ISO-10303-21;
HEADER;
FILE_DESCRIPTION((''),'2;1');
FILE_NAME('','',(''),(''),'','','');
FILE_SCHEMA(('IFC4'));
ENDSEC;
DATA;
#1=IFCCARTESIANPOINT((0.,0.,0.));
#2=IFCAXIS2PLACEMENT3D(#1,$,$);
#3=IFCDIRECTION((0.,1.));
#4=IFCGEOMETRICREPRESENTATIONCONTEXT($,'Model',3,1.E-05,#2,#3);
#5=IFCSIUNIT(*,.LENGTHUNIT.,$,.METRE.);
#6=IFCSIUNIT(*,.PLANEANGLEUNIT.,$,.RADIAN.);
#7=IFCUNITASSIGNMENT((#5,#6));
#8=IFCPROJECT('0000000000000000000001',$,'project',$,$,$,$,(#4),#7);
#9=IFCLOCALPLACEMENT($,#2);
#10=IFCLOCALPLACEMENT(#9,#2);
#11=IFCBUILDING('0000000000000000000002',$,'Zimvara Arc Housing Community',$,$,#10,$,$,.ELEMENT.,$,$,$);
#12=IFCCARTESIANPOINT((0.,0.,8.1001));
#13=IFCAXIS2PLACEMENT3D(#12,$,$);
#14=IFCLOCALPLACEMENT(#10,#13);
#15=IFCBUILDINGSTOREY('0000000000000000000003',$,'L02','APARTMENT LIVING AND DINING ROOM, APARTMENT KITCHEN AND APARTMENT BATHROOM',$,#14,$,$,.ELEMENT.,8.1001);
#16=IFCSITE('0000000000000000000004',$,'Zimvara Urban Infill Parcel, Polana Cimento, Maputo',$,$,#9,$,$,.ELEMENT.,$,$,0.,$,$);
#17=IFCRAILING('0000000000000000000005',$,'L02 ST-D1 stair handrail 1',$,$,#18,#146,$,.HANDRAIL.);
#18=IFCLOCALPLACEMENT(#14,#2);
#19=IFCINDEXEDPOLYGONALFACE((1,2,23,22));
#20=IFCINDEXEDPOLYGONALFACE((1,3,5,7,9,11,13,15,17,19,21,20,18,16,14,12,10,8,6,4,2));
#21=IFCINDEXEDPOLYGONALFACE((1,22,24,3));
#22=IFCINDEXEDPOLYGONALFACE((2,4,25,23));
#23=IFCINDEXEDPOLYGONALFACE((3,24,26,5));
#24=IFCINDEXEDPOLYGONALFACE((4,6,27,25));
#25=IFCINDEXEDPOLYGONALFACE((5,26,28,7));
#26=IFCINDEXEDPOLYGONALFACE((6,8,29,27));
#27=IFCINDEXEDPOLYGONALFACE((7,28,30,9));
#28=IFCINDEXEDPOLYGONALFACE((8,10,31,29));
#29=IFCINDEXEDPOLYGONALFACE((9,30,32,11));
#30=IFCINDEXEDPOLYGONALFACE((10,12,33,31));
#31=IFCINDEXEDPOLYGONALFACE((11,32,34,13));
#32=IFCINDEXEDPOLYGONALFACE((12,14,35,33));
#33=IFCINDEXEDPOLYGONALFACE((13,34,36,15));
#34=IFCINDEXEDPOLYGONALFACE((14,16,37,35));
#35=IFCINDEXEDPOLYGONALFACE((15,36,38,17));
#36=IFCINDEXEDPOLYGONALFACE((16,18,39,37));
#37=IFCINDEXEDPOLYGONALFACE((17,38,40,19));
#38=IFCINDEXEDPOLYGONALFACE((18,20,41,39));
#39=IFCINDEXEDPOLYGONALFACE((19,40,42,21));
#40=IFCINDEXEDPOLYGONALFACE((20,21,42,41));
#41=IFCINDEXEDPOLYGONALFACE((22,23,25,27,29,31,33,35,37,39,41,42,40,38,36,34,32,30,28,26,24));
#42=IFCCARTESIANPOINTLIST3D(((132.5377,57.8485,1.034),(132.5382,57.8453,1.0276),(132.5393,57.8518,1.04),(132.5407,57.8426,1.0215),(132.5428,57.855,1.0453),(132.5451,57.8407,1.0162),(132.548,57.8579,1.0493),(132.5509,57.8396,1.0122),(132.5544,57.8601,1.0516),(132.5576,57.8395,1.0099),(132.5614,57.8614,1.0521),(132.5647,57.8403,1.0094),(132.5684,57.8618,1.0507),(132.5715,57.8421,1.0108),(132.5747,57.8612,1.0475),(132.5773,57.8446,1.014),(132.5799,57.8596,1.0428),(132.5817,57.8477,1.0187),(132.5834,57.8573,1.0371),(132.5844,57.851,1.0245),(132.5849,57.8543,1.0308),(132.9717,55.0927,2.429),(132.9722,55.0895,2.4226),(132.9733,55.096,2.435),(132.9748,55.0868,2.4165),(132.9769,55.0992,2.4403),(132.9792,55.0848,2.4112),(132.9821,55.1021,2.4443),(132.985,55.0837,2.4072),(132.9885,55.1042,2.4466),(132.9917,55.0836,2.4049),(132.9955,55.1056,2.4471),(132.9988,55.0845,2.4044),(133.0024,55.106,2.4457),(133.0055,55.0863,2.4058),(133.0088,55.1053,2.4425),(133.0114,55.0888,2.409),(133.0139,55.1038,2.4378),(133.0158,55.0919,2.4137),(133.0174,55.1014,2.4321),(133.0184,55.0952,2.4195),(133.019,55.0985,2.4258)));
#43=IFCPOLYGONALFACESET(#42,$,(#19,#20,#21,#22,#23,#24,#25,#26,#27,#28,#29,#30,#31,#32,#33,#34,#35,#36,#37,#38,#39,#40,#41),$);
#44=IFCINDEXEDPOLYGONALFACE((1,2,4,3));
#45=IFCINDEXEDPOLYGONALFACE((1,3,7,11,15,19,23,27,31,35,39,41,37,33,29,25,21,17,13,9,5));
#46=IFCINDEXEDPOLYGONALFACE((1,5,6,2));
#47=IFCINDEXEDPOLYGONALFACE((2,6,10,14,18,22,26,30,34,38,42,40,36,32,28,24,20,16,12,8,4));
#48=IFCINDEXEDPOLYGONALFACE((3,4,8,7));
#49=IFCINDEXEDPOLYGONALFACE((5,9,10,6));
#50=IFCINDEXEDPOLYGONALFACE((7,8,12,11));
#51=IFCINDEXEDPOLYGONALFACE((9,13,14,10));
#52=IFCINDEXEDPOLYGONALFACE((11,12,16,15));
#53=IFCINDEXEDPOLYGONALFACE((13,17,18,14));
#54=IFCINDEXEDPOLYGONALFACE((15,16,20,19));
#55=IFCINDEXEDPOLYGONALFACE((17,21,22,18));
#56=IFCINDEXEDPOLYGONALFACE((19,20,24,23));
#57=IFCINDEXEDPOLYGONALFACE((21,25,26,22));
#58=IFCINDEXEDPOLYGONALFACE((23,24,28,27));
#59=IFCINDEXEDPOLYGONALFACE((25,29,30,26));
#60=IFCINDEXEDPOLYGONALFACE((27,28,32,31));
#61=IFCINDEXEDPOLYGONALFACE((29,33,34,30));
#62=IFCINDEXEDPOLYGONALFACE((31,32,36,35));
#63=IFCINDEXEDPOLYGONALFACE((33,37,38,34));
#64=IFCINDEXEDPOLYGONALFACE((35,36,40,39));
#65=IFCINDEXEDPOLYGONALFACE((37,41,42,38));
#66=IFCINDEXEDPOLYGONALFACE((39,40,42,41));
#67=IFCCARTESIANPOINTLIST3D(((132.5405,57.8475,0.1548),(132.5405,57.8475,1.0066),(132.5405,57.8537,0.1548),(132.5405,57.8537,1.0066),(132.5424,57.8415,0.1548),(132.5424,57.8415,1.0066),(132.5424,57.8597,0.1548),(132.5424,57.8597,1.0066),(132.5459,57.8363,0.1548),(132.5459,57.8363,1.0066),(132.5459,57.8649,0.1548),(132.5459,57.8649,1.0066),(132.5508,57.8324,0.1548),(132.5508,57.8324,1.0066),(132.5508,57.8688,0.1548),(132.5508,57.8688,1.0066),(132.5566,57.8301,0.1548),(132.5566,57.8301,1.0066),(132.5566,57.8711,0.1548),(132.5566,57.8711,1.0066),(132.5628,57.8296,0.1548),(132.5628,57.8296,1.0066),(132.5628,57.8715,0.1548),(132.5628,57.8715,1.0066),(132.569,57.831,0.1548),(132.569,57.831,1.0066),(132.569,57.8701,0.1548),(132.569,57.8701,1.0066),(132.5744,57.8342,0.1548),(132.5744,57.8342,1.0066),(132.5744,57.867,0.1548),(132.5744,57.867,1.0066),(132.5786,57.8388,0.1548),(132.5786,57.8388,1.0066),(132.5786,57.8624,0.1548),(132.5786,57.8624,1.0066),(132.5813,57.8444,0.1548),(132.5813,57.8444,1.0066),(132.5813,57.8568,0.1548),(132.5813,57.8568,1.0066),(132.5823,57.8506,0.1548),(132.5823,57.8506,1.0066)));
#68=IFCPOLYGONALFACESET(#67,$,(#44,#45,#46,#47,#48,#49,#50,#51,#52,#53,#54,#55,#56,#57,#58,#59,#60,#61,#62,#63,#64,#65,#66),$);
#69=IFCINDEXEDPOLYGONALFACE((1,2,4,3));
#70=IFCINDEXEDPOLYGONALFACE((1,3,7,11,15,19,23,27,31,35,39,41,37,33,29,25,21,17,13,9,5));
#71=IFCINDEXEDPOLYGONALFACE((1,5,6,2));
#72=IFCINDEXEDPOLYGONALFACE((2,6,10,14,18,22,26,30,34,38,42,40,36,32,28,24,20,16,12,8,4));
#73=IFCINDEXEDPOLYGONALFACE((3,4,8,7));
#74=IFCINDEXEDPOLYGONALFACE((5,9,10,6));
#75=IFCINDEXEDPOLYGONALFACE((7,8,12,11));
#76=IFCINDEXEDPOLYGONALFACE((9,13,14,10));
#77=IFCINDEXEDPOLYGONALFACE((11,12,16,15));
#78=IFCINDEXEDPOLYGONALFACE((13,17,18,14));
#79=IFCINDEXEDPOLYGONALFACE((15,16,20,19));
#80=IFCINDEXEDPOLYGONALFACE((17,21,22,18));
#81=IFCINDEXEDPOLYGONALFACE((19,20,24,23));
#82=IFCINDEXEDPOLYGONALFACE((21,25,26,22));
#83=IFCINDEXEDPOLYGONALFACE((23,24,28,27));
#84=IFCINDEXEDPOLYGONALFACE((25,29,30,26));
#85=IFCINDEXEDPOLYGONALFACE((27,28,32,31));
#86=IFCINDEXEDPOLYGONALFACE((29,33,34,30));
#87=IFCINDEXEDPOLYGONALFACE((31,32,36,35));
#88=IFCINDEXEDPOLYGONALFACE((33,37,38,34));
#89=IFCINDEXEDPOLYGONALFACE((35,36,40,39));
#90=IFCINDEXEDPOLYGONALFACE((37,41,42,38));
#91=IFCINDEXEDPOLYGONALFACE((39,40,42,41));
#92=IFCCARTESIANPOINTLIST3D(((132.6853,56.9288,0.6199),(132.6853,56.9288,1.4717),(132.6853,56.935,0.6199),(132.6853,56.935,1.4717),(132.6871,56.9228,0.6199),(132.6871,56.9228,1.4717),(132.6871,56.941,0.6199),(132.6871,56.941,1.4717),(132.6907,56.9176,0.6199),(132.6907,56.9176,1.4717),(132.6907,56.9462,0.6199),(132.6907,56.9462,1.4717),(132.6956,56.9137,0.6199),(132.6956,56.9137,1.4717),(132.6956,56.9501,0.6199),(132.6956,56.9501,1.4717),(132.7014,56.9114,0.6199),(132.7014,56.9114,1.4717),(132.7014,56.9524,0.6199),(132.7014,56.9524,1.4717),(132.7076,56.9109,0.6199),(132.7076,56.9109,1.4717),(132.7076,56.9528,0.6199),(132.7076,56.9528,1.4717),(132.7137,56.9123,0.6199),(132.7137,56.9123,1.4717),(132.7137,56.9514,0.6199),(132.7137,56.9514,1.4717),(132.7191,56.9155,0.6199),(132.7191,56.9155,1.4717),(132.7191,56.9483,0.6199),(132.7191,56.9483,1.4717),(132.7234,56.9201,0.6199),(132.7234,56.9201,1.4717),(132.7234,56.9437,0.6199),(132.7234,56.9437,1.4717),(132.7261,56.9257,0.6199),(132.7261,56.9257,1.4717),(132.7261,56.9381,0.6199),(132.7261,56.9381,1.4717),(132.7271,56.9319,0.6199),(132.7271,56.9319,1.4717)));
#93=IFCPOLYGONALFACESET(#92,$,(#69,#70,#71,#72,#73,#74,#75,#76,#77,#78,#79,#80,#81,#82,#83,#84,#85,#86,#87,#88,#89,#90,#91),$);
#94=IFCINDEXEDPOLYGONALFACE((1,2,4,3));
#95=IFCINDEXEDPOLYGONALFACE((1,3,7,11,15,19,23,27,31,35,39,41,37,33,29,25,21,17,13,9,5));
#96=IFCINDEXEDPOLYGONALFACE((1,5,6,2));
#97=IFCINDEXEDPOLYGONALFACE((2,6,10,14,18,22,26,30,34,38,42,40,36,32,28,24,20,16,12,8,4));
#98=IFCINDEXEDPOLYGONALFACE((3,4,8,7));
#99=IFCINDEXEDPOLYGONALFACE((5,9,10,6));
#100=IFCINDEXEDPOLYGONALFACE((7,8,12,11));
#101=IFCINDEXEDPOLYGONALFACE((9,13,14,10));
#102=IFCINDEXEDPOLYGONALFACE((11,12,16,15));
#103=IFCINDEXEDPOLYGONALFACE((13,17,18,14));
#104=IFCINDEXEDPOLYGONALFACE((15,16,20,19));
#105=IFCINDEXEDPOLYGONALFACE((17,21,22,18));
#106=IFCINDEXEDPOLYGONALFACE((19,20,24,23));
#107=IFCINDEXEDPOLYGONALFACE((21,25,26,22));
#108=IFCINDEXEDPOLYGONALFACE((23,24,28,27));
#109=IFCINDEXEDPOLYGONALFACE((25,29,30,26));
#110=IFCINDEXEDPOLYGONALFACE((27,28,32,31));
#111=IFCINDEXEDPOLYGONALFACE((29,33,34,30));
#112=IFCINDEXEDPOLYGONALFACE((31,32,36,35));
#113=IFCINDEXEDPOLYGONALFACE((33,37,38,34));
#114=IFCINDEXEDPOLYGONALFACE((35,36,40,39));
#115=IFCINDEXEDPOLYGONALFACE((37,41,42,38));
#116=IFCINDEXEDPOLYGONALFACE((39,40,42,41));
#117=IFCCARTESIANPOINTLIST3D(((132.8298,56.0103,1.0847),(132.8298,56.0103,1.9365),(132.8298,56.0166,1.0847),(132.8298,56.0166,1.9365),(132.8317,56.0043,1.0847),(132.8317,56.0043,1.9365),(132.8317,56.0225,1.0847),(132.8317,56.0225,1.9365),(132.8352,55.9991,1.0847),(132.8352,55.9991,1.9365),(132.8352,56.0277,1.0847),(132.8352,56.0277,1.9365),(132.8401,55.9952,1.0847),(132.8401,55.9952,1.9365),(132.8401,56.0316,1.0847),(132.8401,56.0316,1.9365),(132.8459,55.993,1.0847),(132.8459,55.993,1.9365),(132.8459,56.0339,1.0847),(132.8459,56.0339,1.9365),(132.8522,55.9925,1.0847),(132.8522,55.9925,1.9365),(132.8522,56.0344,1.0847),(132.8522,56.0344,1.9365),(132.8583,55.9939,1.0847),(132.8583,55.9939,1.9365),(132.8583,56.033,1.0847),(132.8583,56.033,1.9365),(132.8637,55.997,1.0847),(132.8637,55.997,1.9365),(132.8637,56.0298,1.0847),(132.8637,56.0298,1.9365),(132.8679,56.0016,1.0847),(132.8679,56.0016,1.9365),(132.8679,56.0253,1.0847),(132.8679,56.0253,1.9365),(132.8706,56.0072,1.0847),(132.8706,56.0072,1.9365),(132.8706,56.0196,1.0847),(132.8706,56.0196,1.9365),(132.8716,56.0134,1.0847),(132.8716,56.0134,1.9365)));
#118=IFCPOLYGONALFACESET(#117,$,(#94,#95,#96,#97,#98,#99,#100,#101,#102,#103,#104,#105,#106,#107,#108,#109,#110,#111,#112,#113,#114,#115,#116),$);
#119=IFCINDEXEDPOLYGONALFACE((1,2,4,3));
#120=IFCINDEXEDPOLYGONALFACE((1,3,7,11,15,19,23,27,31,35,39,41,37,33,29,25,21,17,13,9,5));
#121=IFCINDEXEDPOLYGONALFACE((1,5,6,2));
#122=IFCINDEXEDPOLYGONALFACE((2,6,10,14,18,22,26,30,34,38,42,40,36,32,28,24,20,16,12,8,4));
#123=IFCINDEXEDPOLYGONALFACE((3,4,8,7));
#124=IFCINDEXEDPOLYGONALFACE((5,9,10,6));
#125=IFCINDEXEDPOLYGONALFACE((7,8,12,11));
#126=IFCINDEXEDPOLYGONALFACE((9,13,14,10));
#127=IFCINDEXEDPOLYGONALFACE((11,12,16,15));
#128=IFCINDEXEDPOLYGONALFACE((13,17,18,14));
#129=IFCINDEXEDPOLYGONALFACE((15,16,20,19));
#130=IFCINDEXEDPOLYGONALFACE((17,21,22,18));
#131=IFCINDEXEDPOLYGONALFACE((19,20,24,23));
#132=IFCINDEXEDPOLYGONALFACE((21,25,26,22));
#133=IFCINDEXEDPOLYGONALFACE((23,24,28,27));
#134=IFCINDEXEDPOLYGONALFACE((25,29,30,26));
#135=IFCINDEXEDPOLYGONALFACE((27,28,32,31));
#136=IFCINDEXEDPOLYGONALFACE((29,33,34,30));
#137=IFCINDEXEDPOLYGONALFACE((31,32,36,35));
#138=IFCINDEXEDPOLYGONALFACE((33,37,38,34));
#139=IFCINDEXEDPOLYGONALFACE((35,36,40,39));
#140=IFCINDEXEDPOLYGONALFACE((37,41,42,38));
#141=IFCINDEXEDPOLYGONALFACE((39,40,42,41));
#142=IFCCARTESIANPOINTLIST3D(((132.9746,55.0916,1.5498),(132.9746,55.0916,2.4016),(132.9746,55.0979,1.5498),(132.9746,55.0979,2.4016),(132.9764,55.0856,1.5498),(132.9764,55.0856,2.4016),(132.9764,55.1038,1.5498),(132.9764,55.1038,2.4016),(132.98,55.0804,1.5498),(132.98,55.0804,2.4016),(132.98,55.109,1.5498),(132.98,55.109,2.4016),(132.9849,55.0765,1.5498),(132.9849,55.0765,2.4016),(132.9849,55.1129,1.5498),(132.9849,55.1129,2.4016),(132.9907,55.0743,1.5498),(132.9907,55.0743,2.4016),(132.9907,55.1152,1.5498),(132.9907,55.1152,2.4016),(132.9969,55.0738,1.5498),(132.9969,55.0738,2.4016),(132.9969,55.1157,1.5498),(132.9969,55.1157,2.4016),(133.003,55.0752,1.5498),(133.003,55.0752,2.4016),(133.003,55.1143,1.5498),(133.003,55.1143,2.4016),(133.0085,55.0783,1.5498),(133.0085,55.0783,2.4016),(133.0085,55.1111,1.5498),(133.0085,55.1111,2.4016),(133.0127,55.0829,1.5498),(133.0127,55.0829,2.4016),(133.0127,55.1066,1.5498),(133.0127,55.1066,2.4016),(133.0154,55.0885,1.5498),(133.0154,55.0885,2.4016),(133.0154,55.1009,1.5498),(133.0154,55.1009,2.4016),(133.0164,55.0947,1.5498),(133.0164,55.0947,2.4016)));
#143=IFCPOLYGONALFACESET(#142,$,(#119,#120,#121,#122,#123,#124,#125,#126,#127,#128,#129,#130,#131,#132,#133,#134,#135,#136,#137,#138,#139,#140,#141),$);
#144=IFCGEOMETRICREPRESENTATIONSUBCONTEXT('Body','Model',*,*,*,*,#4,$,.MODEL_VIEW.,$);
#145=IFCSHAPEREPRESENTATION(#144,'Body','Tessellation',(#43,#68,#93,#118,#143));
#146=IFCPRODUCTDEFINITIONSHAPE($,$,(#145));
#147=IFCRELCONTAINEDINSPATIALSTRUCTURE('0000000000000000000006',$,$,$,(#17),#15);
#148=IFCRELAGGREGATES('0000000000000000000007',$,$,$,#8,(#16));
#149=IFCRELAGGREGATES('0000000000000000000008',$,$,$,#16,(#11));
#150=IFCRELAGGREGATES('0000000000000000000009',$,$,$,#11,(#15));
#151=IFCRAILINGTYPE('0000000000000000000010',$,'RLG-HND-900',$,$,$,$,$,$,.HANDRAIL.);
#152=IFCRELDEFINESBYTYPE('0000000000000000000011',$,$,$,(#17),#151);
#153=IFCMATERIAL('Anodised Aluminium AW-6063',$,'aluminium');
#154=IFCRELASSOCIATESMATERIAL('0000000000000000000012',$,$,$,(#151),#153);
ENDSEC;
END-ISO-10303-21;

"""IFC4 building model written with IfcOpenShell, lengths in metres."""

from ifc_helpers import new_model, si_unit, direction, frame, origin, origin_2d, place, context, subcontext, project, spatial, circle, extrude, material, type_object, element, save


model = new_model("IFC4")

# Units and contexts
model_context = context("Model", 3, precision=1e-05, world=origin(), true_north=direction((0.0, 1.0)))
body_context = subcontext(model_context, "Body", "Model", "MODEL_VIEW")
ifc_project = project(units=[si_unit("LENGTHUNIT", "METRE"), si_unit("PLANEANGLEUNIT", "RADIAN")], contexts=[model_context])

# Site, building, storey
site_placement = place(None, origin())
site = spatial("IfcSite", under=ifc_project, at=site_placement, Name="Zimvara Urban Infill Parcel, Polana Cimento, Maputo", CompositionType="ELEMENT", RefElevation=0.0)
building_placement = place(site_placement, origin())
building = spatial("IfcBuilding", under=site, at=building_placement, Name="Zimvara Arc Housing Community", CompositionType="ELEMENT")
storey_placement = place(building_placement, frame((0.0, 0.0, 8.1001)))
storey = spatial("IfcBuildingStorey", under=building, at=storey_placement, Name="L02", Description="APARTMENT LIVING AND DINING ROOM, APARTMENT KITCHEN AND APARTMENT BATHROOM", CompositionType="ELEMENT", Elevation=8.1001)

# Railing
ifc_material_1 = material(Name="Anodised Aluminium AW-6063", Category="aluminium")
railing_type_1 = type_object("IfcRailingType", Name="RLG-HND-900", PredefinedType="HANDRAIL", material=ifc_material_1)
railing_1_placement = place(storey_placement, frame((132.5613, 57.8506, 0.1548)))
element("IfcRailing", 1, at=railing_1_placement, inside=storey, type_object=railing_type_1, Name="L02 ST-D1 stair handrail 1", PredefinedType="HANDRAIL", context=body_context, shape_type="SweptSolid", body=[
    extrude(circle(Radius=0.0239, at=origin_2d()), frame((0.0, 0.0, 0.876), z_axis=(0.139166, -0.883521, 0.44724), x_axis=(0.987821, 0.155594, 0.0)), (0.0, 0.0, 1.0), 3.1191),
    extrude(circle(Radius=0.021, at=origin_2d()), origin(), (0.0, 0.0, 1.0), 0.8518),
    extrude(circle(Radius=0.021, at=origin_2d()), frame((0.1448, -0.9187, 0.4651)), (0.0, 0.0, 1.0), 0.8518),
    extrude(circle(Radius=0.021, at=origin_2d()), frame((0.2893, -1.8372, 0.9299)), (0.0, 0.0, 1.0), 0.8518),
    extrude(circle(Radius=0.021, at=origin_2d()), frame((0.4341, -2.7559, 1.395)), (0.0, 0.0, 1.0), 0.8518),
])

save(model, "model.ifc")
